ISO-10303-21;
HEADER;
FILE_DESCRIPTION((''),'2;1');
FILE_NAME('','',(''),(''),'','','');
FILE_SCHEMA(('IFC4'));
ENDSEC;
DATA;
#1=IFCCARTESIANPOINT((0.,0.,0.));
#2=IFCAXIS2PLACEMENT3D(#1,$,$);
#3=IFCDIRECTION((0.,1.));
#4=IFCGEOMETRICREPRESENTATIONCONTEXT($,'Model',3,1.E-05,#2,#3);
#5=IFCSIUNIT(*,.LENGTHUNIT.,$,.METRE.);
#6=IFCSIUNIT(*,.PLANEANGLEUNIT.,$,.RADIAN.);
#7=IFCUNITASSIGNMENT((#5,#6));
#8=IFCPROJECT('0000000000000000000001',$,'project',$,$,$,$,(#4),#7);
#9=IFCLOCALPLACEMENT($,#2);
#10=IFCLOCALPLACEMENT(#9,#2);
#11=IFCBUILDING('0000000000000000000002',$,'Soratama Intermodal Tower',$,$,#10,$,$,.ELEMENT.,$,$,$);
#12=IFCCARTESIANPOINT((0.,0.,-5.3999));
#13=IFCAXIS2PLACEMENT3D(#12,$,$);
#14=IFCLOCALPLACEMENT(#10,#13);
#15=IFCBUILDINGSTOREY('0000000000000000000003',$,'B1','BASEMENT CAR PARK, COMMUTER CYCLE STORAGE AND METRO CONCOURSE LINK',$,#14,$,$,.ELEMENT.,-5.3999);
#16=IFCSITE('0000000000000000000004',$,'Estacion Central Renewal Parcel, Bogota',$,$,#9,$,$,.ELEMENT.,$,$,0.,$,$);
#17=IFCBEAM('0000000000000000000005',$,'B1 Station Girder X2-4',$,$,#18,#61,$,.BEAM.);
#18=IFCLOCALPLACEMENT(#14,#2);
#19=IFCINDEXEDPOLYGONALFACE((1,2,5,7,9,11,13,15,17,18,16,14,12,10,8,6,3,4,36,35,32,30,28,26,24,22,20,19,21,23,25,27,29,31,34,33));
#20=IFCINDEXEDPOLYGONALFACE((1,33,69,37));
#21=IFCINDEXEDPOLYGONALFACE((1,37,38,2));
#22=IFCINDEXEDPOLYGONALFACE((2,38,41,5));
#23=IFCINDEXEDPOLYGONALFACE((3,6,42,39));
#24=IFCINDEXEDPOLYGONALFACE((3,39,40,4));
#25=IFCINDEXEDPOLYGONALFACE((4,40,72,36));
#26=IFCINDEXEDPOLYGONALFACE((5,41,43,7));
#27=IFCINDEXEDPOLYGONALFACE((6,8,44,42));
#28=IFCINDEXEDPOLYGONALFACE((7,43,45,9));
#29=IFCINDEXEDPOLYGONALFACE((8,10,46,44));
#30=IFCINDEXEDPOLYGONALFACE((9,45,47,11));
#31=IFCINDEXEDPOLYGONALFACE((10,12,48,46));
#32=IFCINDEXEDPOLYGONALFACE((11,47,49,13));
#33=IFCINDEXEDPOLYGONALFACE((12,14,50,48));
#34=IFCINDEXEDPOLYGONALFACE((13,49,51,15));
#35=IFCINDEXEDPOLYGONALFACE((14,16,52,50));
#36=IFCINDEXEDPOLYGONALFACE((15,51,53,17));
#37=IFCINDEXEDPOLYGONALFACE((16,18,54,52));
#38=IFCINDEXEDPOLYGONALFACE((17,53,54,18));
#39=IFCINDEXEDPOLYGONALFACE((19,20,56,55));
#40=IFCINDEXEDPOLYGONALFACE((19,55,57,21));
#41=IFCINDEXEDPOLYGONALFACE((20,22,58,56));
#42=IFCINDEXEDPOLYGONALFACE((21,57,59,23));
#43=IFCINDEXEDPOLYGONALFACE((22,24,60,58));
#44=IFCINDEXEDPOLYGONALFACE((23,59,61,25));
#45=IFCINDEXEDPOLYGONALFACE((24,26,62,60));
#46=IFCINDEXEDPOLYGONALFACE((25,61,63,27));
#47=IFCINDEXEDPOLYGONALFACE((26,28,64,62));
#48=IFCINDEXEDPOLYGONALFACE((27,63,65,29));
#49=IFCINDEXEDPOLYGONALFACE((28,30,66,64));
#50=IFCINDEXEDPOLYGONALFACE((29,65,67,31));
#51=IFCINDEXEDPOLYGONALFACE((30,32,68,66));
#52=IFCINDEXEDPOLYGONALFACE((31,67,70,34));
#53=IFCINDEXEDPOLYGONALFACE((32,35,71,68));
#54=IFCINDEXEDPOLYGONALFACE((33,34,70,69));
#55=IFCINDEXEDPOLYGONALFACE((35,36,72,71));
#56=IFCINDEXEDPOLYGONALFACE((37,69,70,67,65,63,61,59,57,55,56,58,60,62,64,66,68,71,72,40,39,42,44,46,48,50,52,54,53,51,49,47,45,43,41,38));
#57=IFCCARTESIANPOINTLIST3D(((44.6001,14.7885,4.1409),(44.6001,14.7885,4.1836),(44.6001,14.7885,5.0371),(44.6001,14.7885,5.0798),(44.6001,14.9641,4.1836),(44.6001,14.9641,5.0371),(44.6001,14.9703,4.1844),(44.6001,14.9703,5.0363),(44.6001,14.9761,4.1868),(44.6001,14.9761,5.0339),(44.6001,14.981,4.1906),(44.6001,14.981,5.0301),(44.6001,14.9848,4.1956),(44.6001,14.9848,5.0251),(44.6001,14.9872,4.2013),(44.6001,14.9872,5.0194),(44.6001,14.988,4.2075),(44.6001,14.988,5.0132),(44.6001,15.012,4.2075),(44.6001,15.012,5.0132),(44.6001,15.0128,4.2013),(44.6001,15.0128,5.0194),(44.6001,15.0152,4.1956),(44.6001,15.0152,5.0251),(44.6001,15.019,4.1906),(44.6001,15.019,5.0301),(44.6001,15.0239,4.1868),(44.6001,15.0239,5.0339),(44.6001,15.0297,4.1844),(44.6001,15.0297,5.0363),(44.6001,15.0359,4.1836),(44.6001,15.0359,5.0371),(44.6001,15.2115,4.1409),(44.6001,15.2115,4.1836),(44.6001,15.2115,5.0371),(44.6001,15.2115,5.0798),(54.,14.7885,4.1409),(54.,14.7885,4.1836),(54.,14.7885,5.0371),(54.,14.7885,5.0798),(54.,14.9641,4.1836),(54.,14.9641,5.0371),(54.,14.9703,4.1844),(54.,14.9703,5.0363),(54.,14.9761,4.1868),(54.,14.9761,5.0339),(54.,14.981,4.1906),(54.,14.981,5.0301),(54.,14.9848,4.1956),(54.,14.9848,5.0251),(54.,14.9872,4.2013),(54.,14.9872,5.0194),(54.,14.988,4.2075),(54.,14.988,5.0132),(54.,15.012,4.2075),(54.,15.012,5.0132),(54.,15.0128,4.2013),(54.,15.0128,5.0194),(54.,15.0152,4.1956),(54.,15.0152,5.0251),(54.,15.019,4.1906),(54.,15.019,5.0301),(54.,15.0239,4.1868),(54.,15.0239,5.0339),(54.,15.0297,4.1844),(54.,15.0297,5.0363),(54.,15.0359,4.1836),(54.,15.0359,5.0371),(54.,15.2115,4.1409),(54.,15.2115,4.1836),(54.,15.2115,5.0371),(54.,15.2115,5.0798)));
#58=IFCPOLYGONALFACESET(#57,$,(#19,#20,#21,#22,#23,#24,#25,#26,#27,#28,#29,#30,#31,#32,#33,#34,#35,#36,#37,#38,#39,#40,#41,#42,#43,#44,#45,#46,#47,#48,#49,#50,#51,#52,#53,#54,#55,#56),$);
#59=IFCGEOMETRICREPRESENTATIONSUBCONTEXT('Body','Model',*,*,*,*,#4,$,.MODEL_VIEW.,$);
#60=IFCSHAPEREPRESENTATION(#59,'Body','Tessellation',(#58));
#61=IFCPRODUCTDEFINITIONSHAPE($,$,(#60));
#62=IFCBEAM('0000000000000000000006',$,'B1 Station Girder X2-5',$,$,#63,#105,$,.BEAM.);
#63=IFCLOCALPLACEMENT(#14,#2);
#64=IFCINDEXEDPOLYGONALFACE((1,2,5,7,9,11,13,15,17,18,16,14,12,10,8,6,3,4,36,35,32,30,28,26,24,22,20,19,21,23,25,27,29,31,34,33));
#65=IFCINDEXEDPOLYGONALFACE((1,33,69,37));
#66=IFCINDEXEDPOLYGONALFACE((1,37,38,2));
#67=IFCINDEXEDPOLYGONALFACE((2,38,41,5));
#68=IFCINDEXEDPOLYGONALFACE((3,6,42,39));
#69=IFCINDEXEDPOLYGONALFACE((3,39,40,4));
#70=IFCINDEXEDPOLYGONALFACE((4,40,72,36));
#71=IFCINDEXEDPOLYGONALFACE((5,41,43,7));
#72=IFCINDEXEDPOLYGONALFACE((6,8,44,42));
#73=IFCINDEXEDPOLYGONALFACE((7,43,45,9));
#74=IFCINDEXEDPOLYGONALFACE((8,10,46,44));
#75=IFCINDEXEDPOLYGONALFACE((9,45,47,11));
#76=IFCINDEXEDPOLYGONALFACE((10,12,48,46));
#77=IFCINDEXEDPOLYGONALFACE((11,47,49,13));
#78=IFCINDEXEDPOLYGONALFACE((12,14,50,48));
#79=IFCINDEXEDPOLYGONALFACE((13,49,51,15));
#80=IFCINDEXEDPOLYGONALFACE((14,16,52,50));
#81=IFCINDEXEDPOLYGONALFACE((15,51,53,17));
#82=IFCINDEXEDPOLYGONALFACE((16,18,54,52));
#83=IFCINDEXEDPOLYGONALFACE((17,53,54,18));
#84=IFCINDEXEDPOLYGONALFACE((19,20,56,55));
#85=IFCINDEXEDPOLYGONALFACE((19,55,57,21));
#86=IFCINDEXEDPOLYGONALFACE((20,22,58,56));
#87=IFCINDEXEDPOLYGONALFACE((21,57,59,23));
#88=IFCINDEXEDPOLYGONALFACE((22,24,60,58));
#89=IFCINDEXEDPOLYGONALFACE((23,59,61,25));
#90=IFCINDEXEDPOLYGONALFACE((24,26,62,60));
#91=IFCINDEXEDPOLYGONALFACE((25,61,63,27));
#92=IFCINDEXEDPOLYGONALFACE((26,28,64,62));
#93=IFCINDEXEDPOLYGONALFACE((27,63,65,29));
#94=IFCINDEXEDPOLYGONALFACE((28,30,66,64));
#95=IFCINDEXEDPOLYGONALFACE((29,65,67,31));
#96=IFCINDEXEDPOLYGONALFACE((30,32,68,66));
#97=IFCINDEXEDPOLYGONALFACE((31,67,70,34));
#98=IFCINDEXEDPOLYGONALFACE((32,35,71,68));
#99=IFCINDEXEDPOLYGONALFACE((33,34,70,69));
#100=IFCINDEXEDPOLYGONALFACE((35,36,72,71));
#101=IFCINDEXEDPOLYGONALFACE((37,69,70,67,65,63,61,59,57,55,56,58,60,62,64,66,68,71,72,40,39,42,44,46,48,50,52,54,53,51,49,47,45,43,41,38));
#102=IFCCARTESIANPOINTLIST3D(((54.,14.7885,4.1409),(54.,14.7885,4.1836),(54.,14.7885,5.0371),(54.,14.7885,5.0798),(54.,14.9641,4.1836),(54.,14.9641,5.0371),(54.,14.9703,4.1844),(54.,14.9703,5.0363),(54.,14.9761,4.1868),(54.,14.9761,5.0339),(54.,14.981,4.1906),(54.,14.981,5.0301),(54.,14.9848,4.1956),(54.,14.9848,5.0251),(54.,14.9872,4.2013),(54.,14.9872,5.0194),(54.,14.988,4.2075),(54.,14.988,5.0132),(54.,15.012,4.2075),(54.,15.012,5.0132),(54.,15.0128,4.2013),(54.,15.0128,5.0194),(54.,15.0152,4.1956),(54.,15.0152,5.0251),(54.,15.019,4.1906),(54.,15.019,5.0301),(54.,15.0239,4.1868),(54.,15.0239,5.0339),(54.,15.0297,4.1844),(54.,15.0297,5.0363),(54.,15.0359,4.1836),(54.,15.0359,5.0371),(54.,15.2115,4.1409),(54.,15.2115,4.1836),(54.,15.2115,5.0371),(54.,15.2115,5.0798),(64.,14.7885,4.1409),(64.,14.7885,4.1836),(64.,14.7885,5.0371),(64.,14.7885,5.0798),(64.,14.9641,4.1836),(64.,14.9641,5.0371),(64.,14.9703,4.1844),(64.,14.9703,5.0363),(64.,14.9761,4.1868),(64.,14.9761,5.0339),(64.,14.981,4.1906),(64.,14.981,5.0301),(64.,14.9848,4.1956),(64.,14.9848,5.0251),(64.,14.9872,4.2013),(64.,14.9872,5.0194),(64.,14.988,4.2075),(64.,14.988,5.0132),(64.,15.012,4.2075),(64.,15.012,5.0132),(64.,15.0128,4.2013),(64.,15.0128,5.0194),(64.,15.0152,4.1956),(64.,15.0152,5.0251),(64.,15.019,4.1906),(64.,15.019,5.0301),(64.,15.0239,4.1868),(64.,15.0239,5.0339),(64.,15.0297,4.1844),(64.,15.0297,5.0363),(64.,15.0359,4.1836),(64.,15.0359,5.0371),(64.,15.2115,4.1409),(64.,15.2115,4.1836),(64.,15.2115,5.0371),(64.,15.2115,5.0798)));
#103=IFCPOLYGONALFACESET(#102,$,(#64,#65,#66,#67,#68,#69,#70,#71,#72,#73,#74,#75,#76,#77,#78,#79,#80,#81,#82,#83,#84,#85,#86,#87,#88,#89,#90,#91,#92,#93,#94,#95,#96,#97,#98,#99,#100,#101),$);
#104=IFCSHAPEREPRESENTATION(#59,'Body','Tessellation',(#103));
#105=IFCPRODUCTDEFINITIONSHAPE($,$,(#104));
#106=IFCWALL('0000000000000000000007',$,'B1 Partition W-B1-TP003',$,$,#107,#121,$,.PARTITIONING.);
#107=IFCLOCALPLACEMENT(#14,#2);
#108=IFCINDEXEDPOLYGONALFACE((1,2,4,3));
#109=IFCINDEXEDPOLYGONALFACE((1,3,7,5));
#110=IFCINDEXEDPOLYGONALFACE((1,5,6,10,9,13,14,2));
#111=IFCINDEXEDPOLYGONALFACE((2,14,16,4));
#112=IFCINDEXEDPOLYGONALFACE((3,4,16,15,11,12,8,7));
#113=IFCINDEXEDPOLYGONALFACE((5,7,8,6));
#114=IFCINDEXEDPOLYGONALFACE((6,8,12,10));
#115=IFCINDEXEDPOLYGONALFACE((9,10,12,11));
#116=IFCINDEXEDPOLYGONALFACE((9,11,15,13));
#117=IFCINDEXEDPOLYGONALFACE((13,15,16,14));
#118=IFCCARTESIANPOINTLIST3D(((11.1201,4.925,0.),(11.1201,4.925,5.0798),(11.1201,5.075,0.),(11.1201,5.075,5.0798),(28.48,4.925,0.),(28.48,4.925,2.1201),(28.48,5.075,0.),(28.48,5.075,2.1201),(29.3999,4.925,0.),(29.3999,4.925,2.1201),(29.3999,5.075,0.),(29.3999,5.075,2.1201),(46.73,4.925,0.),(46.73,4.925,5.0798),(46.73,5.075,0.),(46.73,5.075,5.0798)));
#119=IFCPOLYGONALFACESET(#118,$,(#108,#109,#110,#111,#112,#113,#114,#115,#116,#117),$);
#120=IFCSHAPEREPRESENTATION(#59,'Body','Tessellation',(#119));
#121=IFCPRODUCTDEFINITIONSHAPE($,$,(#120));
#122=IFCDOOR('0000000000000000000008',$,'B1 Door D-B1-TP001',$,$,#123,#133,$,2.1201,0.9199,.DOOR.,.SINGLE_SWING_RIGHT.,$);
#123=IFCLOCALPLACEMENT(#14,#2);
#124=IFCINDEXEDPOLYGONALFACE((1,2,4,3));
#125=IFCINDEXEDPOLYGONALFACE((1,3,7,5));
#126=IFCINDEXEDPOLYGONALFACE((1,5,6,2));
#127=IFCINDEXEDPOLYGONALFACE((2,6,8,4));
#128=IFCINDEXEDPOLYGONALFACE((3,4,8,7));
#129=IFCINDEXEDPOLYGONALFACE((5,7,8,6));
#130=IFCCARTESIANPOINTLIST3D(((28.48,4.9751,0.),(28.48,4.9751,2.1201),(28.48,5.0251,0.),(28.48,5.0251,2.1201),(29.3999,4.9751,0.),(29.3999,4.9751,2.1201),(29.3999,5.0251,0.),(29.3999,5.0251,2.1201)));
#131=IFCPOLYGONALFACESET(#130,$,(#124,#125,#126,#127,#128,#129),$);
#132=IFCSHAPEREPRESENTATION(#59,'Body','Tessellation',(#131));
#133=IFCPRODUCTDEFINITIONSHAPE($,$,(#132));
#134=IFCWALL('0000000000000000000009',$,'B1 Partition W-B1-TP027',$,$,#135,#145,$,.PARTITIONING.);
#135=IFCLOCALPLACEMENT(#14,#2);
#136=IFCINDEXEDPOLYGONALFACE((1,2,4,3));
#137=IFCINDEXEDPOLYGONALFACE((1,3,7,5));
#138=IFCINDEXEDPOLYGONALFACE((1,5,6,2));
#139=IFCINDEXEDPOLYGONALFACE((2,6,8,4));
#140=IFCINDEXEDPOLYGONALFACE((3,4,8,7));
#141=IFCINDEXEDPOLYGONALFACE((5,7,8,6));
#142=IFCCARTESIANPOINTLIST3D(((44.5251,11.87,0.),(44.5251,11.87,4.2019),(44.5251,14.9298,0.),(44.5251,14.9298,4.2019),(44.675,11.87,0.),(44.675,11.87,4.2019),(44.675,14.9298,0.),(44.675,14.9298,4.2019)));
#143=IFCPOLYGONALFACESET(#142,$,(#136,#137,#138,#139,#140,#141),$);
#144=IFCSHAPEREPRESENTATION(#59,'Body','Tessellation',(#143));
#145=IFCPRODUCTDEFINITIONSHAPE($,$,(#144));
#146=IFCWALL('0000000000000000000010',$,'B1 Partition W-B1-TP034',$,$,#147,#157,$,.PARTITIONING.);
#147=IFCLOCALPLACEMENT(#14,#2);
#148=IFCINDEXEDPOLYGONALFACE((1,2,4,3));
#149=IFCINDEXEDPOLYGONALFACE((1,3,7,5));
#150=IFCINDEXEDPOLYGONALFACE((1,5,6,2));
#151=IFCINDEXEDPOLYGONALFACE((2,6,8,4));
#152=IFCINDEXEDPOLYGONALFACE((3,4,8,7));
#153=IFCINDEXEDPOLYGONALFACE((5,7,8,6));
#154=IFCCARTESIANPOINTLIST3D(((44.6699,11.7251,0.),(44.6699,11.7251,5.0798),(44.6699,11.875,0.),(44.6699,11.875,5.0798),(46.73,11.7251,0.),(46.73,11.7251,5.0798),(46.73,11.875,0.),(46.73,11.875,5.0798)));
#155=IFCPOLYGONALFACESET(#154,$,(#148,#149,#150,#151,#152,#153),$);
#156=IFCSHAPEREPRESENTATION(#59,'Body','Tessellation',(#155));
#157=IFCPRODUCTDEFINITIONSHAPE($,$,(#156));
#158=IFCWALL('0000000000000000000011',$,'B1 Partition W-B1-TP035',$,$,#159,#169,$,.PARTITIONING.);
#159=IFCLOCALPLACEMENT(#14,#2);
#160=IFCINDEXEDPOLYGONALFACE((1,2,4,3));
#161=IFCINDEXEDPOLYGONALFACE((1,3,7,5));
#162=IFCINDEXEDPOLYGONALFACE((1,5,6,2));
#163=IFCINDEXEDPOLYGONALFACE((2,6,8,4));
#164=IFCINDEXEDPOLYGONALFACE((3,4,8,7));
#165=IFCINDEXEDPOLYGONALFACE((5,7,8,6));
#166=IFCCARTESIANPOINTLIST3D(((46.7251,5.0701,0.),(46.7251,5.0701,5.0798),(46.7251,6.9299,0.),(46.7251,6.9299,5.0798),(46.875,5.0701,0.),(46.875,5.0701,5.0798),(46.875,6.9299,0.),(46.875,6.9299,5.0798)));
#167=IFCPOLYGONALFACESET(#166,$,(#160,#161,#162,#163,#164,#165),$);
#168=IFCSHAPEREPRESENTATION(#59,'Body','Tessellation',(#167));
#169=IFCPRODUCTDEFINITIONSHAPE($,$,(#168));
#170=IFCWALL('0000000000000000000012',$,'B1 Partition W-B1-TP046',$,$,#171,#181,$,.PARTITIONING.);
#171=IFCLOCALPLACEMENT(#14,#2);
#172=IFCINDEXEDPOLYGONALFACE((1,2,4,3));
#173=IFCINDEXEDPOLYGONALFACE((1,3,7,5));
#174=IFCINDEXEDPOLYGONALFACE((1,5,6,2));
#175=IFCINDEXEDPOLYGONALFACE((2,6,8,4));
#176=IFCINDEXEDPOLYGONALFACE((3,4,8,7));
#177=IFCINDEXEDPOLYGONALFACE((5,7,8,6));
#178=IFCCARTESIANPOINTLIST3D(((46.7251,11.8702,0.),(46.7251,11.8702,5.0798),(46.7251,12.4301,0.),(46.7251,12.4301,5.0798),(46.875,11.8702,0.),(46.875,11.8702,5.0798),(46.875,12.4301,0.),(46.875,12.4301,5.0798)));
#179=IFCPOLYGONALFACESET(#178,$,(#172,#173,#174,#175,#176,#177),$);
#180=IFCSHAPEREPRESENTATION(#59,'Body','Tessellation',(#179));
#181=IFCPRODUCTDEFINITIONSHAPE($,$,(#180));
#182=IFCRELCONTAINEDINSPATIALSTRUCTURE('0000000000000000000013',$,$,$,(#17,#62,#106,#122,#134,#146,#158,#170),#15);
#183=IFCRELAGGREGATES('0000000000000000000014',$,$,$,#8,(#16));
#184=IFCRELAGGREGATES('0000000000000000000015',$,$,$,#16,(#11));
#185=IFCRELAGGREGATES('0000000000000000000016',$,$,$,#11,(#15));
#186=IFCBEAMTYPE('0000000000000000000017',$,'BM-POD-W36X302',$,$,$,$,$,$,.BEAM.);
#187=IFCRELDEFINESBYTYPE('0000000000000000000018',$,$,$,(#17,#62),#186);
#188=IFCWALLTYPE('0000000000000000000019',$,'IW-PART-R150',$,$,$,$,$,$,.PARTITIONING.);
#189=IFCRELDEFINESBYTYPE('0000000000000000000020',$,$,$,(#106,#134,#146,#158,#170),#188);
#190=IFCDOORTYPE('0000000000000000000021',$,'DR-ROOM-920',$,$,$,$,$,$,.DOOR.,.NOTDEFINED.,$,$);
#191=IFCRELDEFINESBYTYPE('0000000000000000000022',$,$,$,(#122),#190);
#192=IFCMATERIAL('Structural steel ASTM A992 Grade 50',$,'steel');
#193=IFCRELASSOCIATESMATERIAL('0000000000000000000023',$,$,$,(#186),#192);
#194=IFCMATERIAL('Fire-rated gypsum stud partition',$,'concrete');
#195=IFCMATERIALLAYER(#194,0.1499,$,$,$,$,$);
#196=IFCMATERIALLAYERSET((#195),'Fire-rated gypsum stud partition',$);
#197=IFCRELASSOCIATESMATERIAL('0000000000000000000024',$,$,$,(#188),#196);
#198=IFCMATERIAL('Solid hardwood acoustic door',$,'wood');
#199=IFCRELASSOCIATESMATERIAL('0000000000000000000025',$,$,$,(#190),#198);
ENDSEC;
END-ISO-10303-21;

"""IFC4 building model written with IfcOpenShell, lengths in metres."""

from ifc_helpers import new_model, si_unit, direction, frame, frame_2d, origin, origin_2d, place, context, subcontext, project, spatial, rectangle, i_section, extrude, material, layer, layer_set, material_profile, profile_set, type_object, element, fill, save


model = new_model("IFC4")

# Units and contexts
model_context = context("Model", 3, precision=1e-05, world=origin(), true_north=direction((0.0, 1.0)))
body_context = subcontext(model_context, "Body", "Model", "MODEL_VIEW")
ifc_project = project(units=[si_unit("LENGTHUNIT", "METRE"), si_unit("PLANEANGLEUNIT", "RADIAN")], contexts=[model_context])

# Site, building, storey
site_placement = place(None, origin())
site = spatial("IfcSite", under=ifc_project, at=site_placement, Name="Estacion Central Renewal Parcel, Bogota", CompositionType="ELEMENT", RefElevation=0.0)
building_placement = place(site_placement, origin())
building = spatial("IfcBuilding", under=site, at=building_placement, Name="Soratama Intermodal Tower", CompositionType="ELEMENT")
storey_placement = place(building_placement, frame((0.0, 0.0, -5.3999)))
storey = spatial("IfcBuildingStorey", under=building, at=storey_placement, Name="B1", Description="BASEMENT CAR PARK, COMMUTER CYCLE STORAGE AND METRO CONCOURSE LINK", CompositionType="ELEMENT", Elevation=-5.3999)

# Beams
ifc_material_1 = material(Name="Structural steel ASTM A992 Grade 50", Category="steel")
ifc_material_profile_1 = material_profile(ifc_material_1, i_section(OverallWidth=0.4231, OverallDepth=0.939, WebThickness=0.0239, FlangeThickness=0.0427, FilletRadius=0.0239, at=origin_2d()), Name="W36X302")
ifc_profile_set_1 = profile_set([ifc_material_profile_1], Name="Structural steel ASTM A992 Grade 50")
beam_type_1 = type_object("IfcBeamType", Name="BM-POD-W36X302", PredefinedType="BEAM", material=ifc_profile_set_1)
beam_1_placement = place(storey_placement, frame((44.6001, 15.0, 4.6104), z_axis=(1.0, 0.0, 0.0), x_axis=(0.0, 1.0, 0.0)))
element("IfcBeam", 1, at=beam_1_placement, inside=storey, type_object=beam_type_1, Name="B1 Station Girder X2-4", PredefinedType="BEAM", context=body_context, shape_type="SweptSolid", body=[
    extrude(i_section(OverallWidth=0.4231, OverallDepth=0.939, WebThickness=0.0239, FlangeThickness=0.0427, FilletRadius=0.0239, at=origin_2d()), origin(), (0.0, 0.0, 1.0), 9.3999),
])
beam_2_placement = place(storey_placement, frame((54.0, 15.0, 4.6104), z_axis=(1.0, 0.0, 0.0), x_axis=(0.0, 1.0, 0.0)))
element("IfcBeam", 2, at=beam_2_placement, inside=storey, type_object=beam_type_1, Name="B1 Station Girder X2-5", PredefinedType="BEAM", context=body_context, shape_type="SweptSolid", body=[
    extrude(i_section(OverallWidth=0.4231, OverallDepth=0.939, WebThickness=0.0239, FlangeThickness=0.0427, FilletRadius=0.0239, at=origin_2d()), origin(), (0.0, 0.0, 1.0), 10.0),
])

# Wall, opening, door
ifc_material_2 = material(Name="Fire-rated gypsum stud partition", Category="concrete")
ifc_layer_1 = layer(ifc_material_2, 0.1499)
ifc_layer_set_1 = layer_set([ifc_layer_1], Name="Fire-rated gypsum stud partition")
wall_type_1 = type_object("IfcWallType", Name="IW-PART-R150", PredefinedType="PARTITIONING", material=ifc_layer_set_1)
wall_1_placement = place(storey_placement, frame((46.73, 5.0, 0.0), z_axis=(0.0, 0.0, 1.0), x_axis=(-1.0, 0.0, 0.0)))
wall_1 = element("IfcWall", 3, at=wall_1_placement, inside=storey, type_object=wall_type_1, Name="B1 Partition W-B1-TP003", PredefinedType="PARTITIONING", context=body_context, shape_type="SweptSolid", body=[
    extrude(rectangle(XDim=35.6099, YDim=0.1499, at=frame_2d((17.8049, 0.0))), origin(), (0.0, 0.0, 1.0), 5.0798),
])
opening_placement = place(wall_1_placement, frame((17.3301, 0.0, 0.0)))
opening = element("IfcOpeningElement", 4, at=opening_placement, cuts=wall_1, PredefinedType="OPENING", context=body_context, shape_type="SweptSolid", body=[
    extrude(rectangle(XDim=0.9199, YDim=2.1201, at=frame_2d((0.46, 1.0601))), frame((0.0, 0.085, 0.0), z_axis=(0.0, -1.0, 0.0), x_axis=(1.0, 0.0, 0.0)), (0.0, 0.0, 1.0), 0.1699),
])
ifc_material_3 = material(Name="Solid hardwood acoustic door", Category="wood")
door_type = type_object("IfcDoorType", Name="DR-ROOM-920", OperationType="NOTDEFINED", PredefinedType="DOOR", material=ifc_material_3)
door_placement = place(opening_placement, origin())
door = element("IfcDoor", 5, at=door_placement, inside=storey, type_object=door_type, Name="B1 Door D-B1-TP001", OperationType="SINGLE_SWING_RIGHT", OverallHeight=2.1201, OverallWidth=0.9199, PredefinedType="DOOR", context=body_context, shape_type="SweptSolid", body=[
    extrude(rectangle(XDim=0.9199, YDim=2.1201, at=frame_2d((0.46, 1.0601))), frame((0.0, 0.0249, 0.0), z_axis=(0.0, -1.0, 0.0), x_axis=(1.0, 0.0, 0.0)), (0.0, 0.0, 1.0), 0.05),
])
fill(opening, door)

# Walls
wall_2_placement = place(storey_placement, frame((44.6001, 11.8701, 0.0), z_axis=(0.0, 0.0, 1.0), x_axis=(0.0, 1.0, 0.0)))
element("IfcWall", 6, at=wall_2_placement, inside=storey, type_object=wall_type_1, Name="B1 Partition W-B1-TP027", PredefinedType="PARTITIONING", context=body_context, shape_type="SweptSolid", body=[
    extrude(rectangle(XDim=3.0598, YDim=0.1499, at=frame_2d((1.5298, 0.0))), origin(), (0.0, 0.0, 1.0), 4.2019),
])
wall_3_placement = place(storey_placement, frame((46.73, 11.8, 0.0), z_axis=(0.0, 0.0, 1.0), x_axis=(-1.0, 0.0, 0.0)))
element("IfcWall", 7, at=wall_3_placement, inside=storey, type_object=wall_type_1, Name="B1 Partition W-B1-TP034", PredefinedType="PARTITIONING", context=body_context, shape_type="SweptSolid", body=[
    extrude(rectangle(XDim=2.0601, YDim=0.1499, at=frame_2d((1.03, 0.0))), origin(), (0.0, 0.0, 1.0), 5.0798),
])
wall_4_placement = place(storey_placement, frame((46.8, 6.9299, 0.0), z_axis=(0.0, 0.0, 1.0), x_axis=(0.0, -1.0, 0.0)))
element("IfcWall", 8, at=wall_4_placement, inside=storey, type_object=wall_type_1, Name="B1 Partition W-B1-TP035", PredefinedType="PARTITIONING", context=body_context, shape_type="SweptSolid", body=[
    extrude(rectangle(XDim=1.8599, YDim=0.1499, at=frame_2d((0.9299, 0.0))), origin(), (0.0, 0.0, 1.0), 5.0798),
])
wall_5_placement = place(storey_placement, frame((46.8, 12.4299, 0.0), z_axis=(0.0, 0.0, 1.0), x_axis=(0.0, -1.0, 0.0)))
element("IfcWall", 9, at=wall_5_placement, inside=storey, type_object=wall_type_1, Name="B1 Partition W-B1-TP046", PredefinedType="PARTITIONING", context=body_context, shape_type="SweptSolid", body=[
    extrude(rectangle(XDim=0.5598, YDim=0.1499, at=frame_2d((0.2798, 0.0))), origin(), (0.0, 0.0, 1.0), 5.0798),
])

save(model, "model.ifc")
